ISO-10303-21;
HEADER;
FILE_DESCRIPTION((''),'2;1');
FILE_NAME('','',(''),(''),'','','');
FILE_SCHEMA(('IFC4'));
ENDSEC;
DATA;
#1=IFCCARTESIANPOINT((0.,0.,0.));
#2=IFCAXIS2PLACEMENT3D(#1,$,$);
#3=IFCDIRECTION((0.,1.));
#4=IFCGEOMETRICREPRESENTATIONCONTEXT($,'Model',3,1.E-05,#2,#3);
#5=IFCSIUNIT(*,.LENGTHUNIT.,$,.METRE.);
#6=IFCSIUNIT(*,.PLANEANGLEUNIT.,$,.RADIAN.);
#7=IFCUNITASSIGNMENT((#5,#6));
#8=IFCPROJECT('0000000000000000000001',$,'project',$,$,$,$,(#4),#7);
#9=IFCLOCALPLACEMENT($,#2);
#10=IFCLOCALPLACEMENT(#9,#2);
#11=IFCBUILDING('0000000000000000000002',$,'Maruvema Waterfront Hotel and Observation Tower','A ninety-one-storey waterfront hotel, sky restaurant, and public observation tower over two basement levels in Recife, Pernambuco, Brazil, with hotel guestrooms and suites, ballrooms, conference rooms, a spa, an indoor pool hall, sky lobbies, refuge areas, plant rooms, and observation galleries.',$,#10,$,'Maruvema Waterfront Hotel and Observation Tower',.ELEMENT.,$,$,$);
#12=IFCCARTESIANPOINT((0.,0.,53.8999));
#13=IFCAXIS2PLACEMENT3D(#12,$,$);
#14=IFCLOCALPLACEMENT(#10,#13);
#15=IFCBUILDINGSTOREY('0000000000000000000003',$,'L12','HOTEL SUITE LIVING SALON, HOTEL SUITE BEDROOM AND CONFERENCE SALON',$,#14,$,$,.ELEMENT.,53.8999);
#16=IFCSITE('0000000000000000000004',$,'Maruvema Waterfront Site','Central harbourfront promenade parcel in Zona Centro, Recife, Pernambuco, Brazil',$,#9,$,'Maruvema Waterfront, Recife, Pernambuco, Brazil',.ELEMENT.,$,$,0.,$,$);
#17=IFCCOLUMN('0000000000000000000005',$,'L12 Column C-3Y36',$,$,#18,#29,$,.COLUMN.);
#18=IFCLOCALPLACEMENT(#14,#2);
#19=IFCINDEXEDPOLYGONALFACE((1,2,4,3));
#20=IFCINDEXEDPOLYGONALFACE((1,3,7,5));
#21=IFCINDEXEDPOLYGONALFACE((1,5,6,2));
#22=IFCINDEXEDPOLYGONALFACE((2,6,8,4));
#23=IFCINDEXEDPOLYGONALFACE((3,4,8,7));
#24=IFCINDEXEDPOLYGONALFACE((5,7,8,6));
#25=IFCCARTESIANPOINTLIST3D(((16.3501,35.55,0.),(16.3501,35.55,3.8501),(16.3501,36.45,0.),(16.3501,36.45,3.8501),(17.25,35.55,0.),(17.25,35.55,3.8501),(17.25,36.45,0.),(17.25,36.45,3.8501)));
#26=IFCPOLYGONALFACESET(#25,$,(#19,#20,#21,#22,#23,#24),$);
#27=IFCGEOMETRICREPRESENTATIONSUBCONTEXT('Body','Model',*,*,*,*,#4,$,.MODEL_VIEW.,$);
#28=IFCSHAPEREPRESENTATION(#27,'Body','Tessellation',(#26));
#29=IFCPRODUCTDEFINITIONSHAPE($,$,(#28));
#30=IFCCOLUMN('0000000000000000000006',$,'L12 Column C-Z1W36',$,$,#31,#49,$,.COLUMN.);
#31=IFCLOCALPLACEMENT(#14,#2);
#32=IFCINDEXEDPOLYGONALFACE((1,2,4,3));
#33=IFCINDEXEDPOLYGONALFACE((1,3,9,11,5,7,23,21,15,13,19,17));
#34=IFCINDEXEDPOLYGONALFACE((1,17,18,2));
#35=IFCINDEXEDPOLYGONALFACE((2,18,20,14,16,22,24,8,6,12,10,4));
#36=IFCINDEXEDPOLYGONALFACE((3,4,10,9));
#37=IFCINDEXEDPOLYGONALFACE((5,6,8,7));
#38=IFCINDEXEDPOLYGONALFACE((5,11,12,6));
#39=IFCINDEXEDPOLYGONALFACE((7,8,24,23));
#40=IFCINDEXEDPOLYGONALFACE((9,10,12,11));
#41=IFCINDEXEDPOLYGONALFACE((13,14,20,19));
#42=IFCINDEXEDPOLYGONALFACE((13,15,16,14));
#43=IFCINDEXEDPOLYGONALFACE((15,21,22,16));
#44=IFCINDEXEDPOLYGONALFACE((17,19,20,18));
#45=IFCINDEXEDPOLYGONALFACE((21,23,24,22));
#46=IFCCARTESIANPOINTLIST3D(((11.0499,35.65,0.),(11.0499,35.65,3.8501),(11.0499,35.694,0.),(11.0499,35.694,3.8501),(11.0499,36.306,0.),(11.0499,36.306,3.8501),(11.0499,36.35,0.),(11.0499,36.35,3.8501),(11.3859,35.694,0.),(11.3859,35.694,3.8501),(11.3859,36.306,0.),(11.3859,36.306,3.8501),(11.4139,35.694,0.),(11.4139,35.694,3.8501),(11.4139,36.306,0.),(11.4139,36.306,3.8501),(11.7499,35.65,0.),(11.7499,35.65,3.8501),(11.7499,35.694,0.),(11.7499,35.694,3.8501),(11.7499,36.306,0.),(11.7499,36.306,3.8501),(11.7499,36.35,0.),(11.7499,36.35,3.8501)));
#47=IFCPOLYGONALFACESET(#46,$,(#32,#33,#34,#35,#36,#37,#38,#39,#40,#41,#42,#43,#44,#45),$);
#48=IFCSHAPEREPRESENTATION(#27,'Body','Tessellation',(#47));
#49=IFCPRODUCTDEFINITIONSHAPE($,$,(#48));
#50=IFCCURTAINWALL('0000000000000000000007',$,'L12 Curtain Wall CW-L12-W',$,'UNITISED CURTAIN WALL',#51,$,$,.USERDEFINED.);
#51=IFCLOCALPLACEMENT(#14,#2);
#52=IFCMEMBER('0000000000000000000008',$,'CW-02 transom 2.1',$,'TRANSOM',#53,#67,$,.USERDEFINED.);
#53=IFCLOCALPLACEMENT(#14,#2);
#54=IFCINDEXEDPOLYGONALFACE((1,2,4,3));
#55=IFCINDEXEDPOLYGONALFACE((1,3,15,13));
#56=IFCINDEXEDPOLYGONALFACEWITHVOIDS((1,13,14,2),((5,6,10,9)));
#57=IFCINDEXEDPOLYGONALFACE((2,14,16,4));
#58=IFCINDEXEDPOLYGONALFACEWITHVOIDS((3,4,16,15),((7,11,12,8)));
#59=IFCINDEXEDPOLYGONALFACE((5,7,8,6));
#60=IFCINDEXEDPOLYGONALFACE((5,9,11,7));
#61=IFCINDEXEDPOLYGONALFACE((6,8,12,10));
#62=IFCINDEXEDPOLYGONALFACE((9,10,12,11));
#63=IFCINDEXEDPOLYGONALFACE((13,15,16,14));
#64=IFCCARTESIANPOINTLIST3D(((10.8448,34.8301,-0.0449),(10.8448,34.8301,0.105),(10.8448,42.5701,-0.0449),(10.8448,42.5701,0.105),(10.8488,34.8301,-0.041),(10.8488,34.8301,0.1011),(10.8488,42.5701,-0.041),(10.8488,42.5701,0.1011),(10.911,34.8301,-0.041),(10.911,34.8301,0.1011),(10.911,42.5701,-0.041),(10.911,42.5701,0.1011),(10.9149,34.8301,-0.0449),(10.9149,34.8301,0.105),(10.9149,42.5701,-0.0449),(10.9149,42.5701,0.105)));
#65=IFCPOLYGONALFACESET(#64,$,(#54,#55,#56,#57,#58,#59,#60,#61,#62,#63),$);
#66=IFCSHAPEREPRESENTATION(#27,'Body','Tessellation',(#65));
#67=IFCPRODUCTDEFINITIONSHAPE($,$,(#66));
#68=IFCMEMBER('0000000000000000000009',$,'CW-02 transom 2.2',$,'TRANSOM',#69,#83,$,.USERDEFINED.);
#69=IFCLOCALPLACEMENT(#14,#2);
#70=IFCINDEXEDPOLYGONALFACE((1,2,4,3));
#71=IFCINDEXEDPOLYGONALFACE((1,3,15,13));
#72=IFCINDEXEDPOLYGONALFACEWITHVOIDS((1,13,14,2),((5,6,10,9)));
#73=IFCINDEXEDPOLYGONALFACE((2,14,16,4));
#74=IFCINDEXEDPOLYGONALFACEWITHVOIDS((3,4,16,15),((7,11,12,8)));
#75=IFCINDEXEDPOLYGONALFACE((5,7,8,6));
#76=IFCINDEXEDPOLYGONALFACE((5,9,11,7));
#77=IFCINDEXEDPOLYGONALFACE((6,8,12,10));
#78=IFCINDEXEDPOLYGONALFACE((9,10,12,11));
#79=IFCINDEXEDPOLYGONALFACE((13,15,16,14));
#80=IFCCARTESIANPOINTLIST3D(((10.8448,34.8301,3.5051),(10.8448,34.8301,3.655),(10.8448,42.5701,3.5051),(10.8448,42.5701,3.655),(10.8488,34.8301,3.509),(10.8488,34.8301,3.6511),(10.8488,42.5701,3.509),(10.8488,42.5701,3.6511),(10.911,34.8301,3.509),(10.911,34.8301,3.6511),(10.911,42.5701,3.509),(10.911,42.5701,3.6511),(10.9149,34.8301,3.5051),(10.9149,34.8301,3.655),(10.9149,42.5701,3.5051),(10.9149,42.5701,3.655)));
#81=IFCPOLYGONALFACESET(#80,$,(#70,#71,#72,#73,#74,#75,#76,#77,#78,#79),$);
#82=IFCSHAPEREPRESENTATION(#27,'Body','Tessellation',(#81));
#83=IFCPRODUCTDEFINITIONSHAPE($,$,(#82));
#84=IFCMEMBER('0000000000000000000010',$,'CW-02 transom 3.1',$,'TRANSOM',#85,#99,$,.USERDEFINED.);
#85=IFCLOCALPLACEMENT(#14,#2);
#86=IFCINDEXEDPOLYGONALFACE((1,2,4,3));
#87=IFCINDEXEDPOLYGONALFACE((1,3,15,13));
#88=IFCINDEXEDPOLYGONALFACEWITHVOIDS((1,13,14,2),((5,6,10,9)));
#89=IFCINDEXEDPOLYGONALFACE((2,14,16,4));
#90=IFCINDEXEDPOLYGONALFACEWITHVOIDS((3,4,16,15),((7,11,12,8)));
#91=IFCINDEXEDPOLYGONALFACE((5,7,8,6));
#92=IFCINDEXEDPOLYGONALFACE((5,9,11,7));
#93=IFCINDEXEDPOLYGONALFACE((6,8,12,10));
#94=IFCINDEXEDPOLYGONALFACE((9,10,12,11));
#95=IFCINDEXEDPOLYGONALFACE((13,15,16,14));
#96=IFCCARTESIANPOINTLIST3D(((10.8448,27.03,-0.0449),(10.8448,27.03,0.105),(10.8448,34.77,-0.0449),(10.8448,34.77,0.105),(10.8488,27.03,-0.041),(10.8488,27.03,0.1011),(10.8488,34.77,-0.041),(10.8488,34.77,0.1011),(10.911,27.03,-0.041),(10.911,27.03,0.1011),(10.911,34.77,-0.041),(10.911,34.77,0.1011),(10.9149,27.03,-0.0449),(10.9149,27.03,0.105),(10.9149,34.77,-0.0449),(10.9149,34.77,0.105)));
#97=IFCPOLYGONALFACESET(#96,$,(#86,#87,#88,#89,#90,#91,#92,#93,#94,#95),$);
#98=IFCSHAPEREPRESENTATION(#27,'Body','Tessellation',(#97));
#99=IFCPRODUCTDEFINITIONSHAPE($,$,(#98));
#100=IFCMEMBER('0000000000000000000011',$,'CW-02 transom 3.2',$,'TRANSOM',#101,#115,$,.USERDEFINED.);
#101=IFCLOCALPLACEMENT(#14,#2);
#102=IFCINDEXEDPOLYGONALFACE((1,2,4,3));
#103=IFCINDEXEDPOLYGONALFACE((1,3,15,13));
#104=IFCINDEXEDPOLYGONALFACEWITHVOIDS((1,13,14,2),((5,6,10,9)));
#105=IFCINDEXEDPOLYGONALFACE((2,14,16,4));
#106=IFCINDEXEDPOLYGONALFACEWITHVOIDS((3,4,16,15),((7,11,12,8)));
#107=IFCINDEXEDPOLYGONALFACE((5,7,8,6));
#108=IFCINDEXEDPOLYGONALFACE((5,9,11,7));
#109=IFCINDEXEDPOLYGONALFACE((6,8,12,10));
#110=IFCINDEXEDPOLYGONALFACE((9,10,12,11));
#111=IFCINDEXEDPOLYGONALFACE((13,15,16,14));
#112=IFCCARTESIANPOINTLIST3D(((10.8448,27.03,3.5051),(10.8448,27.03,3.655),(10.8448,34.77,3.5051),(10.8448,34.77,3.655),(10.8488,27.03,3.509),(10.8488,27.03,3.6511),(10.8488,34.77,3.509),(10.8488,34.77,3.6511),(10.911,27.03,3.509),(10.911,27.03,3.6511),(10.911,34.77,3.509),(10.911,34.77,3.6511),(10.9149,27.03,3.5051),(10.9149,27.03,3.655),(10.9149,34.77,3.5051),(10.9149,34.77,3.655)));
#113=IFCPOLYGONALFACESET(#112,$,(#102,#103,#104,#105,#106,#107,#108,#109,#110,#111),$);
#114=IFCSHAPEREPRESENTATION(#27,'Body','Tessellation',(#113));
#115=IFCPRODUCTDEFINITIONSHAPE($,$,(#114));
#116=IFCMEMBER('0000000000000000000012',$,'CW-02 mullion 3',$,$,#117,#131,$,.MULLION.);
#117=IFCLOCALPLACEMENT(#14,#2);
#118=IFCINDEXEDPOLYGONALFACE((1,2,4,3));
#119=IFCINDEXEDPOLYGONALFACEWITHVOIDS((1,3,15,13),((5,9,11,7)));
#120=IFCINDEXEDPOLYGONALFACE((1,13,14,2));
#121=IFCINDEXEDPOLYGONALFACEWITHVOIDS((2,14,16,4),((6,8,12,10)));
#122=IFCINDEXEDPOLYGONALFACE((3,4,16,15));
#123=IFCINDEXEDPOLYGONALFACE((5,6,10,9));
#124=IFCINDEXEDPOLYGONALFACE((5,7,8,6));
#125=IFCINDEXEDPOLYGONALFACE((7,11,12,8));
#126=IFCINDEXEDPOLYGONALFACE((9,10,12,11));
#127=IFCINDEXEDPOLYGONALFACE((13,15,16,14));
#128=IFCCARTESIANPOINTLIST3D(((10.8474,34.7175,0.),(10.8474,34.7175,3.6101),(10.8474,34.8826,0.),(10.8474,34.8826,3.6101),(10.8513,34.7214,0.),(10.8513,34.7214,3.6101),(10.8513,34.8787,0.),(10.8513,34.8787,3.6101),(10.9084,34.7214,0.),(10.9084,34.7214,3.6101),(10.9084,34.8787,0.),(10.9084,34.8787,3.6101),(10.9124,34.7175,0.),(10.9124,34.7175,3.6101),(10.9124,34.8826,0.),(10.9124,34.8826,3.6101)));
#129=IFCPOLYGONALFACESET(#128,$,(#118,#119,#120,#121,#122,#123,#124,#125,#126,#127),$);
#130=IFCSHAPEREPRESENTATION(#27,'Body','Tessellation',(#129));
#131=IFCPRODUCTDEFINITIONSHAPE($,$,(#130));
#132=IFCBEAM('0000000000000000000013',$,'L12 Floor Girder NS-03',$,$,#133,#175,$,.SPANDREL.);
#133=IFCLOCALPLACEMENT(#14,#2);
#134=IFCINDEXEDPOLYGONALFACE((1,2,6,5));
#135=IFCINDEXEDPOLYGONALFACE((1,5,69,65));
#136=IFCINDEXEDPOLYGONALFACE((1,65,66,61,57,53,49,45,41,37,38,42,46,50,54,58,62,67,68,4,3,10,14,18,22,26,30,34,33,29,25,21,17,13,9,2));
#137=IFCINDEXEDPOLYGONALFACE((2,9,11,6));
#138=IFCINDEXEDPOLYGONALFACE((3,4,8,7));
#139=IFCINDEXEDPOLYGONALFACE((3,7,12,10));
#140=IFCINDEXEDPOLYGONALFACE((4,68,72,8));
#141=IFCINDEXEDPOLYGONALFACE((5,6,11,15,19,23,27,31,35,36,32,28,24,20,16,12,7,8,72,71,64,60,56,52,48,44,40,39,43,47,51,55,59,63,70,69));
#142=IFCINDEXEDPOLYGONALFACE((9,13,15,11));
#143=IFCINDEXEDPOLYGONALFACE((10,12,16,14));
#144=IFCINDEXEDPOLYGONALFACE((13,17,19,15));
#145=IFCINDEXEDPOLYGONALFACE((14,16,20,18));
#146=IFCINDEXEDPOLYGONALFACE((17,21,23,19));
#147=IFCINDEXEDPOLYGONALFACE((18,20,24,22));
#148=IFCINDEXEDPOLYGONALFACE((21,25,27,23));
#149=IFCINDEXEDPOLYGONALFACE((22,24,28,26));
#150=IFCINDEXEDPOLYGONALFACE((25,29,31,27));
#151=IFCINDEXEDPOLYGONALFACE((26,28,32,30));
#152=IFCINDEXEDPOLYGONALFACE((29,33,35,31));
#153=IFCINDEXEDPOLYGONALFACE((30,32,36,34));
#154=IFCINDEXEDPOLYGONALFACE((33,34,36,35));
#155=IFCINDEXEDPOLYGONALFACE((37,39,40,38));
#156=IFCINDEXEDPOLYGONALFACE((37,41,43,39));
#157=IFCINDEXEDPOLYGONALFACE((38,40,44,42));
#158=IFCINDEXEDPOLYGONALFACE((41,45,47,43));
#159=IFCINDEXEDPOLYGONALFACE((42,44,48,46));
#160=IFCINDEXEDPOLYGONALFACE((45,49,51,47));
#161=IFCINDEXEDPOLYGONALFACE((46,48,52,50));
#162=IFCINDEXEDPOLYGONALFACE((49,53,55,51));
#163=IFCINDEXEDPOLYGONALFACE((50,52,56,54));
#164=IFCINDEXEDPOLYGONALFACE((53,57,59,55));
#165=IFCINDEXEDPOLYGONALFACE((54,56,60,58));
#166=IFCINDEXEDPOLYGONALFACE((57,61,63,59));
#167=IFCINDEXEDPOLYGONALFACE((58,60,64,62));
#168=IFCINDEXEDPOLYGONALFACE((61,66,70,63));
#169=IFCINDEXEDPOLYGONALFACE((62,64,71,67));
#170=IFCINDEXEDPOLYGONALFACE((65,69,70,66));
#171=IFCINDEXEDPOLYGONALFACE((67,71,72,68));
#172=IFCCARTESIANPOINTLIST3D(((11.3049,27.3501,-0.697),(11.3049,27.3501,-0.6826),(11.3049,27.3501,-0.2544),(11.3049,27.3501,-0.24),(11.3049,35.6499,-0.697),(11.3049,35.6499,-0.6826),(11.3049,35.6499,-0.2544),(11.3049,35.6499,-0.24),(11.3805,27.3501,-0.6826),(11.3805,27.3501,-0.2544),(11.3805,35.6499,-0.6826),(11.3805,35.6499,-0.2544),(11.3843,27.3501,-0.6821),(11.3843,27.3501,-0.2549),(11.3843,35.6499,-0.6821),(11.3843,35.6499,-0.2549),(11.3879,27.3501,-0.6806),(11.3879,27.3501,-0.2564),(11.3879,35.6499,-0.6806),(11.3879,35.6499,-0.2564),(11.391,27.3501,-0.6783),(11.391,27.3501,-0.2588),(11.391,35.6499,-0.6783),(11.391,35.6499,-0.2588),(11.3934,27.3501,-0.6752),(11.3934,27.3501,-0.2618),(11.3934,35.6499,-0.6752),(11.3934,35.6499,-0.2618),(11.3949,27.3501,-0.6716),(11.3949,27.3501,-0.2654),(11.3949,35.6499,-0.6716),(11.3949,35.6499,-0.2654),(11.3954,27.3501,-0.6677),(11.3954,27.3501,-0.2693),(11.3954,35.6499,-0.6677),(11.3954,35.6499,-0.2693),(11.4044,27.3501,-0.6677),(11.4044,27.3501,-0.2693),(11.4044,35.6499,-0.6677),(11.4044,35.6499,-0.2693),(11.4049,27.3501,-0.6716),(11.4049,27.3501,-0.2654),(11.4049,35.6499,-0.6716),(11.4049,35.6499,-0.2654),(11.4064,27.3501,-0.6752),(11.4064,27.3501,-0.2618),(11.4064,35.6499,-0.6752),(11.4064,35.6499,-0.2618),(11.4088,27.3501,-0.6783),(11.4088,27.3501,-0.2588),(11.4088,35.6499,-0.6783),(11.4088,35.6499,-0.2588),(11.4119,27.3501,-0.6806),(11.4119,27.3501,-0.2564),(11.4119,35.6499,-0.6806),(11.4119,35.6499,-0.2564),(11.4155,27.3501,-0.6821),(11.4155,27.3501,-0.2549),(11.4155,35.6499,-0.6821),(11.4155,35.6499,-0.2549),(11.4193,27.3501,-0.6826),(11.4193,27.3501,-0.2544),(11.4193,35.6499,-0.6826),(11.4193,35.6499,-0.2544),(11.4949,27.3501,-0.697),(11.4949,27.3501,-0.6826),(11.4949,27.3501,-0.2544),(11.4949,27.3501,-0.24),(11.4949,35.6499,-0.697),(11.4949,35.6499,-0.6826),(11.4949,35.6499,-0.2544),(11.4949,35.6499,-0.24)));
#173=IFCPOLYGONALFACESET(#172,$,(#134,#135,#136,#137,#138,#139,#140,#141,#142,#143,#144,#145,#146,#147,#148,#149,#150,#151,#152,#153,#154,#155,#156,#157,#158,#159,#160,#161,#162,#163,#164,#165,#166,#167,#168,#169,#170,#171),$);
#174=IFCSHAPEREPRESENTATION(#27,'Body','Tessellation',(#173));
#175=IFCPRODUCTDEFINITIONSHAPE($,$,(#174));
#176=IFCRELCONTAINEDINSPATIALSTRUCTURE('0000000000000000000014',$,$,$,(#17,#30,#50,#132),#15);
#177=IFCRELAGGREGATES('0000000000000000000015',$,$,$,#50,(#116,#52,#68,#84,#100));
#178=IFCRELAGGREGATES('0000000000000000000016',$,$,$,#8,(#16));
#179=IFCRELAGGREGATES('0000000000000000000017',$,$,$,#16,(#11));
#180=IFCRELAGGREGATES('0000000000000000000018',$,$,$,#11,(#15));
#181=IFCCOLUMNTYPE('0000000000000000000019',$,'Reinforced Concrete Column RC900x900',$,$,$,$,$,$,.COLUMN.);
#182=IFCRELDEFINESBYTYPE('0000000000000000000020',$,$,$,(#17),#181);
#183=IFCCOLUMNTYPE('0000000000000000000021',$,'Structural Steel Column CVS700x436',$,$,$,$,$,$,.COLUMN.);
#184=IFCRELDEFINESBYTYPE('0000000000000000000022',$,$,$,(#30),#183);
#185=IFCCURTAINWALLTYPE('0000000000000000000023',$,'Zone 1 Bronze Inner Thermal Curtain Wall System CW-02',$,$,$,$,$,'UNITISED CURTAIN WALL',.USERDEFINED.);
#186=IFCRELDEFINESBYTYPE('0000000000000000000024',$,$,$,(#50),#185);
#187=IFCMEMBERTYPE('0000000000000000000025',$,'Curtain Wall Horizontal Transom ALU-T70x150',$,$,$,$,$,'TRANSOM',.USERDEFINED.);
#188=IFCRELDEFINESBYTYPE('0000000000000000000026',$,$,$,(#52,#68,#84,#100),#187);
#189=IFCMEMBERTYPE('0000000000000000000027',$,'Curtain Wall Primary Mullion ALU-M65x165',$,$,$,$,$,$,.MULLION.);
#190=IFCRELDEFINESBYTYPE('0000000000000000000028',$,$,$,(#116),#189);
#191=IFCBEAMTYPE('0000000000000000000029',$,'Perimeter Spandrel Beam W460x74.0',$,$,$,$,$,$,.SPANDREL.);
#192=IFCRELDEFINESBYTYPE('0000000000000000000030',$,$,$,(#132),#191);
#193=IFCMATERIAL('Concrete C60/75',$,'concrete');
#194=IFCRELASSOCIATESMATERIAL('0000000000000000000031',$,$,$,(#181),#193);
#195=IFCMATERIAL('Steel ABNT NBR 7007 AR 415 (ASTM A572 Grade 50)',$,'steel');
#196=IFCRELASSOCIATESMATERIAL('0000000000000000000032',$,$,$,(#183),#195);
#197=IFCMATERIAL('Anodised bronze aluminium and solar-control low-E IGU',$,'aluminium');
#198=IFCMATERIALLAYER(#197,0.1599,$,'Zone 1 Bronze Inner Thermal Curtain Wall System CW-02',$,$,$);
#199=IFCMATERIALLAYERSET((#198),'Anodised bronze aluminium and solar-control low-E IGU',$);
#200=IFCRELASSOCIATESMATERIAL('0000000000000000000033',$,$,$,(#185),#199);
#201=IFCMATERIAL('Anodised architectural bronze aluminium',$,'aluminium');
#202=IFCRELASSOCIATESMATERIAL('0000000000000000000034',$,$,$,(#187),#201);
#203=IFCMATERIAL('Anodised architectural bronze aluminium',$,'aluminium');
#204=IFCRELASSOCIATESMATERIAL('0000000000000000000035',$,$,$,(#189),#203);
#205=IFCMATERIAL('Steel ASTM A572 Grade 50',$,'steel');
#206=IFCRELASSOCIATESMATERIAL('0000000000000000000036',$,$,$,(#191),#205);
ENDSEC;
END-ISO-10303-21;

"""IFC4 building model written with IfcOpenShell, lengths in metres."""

from ifc_helpers import new_model, si_unit, direction, frame, origin, origin_2d, place, context, subcontext, project, spatial, rectangle, hollow_rectangle, i_section, extrude, material, layer, layer_set, material_profile, profile_set, type_object, element, aggregate, save


model = new_model("IFC4")

# Units and contexts
model_context = context("Model", 3, precision=1e-05, world=origin(), true_north=direction((0.0, 1.0)))
body_context = subcontext(model_context, "Body", "Model", "MODEL_VIEW")
ifc_project = project(units=[si_unit("LENGTHUNIT", "METRE"), si_unit("PLANEANGLEUNIT", "RADIAN")], contexts=[model_context])

# Site, building, storey
site_placement = place(None, origin())
site = spatial("IfcSite", under=ifc_project, at=site_placement, Name="Maruvema Waterfront Site", Description="Central harbourfront promenade parcel in Zona Centro, Recife, Pernambuco, Brazil", LongName="Maruvema Waterfront, Recife, Pernambuco, Brazil", CompositionType="ELEMENT", RefElevation=0.0)
building_placement = place(site_placement, origin())
building = spatial("IfcBuilding", under=site, at=building_placement, Name="Maruvema Waterfront Hotel and Observation Tower", Description="A ninety-one-storey waterfront hotel, sky restaurant, and public observation tower over two basement levels in Recife, Pernambuco, Brazil, with hotel guestrooms and suites, ballrooms, conference rooms, a spa, an indoor pool hall, sky lobbies, refuge areas, plant rooms, and observation galleries.", LongName="Maruvema Waterfront Hotel and Observation Tower", CompositionType="ELEMENT")
storey_placement = place(building_placement, frame((0.0, 0.0, 53.8999)))
storey = spatial("IfcBuildingStorey", under=building, at=storey_placement, Name="L12", Description="HOTEL SUITE LIVING SALON, HOTEL SUITE BEDROOM AND CONFERENCE SALON", CompositionType="ELEMENT", Elevation=53.8999)

# Columns
ifc_material_1 = material(Name="Concrete C60/75", Category="concrete")
ifc_material_profile_1 = material_profile(ifc_material_1, rectangle(XDim=0.8999, YDim=0.8999, at=origin_2d()), Name="RC900x900")
ifc_profile_set_1 = profile_set([ifc_material_profile_1], Name="Concrete C60/75")
column_type_1 = type_object("IfcColumnType", Name="Reinforced Concrete Column RC900x900", PredefinedType="COLUMN", material=ifc_profile_set_1)
column_1_placement = place(storey_placement, frame((16.8, 36.0, 0.0), z_axis=(0.0, 0.0, 1.0), x_axis=(1.0, 0.0, 0.0)))
element("IfcColumn", 1, at=column_1_placement, inside=storey, type_object=column_type_1, Name="L12 Column C-3Y36", PredefinedType="COLUMN", context=body_context, shape_type="SweptSolid", body=[
    extrude(rectangle(XDim=0.8999, YDim=0.8999, at=origin_2d()), origin(), (0.0, 0.0, 1.0), 3.8501),
])
ifc_material_2 = material(Name="Steel ABNT NBR 7007 AR 415 (ASTM A572 Grade 50)", Category="steel")
ifc_material_profile_2 = material_profile(ifc_material_2, i_section(OverallWidth=0.7, OverallDepth=0.7, WebThickness=0.0281, FlangeThickness=0.0439, at=origin_2d()), Name="CVS700x436")
ifc_profile_set_2 = profile_set([ifc_material_profile_2], Name="Steel ABNT NBR 7007 AR 415 (ASTM A572 Grade 50)")
column_type_2 = type_object("IfcColumnType", Name="Structural Steel Column CVS700x436", PredefinedType="COLUMN", material=ifc_profile_set_2)
column_2_placement = place(storey_placement, frame((11.3999, 36.0, 0.0), z_axis=(0.0, 0.0, 1.0), x_axis=(1.0, 0.0, 0.0)))
element("IfcColumn", 2, at=column_2_placement, inside=storey, type_object=column_type_2, Name="L12 Column C-Z1W36", PredefinedType="COLUMN", context=body_context, shape_type="SweptSolid", body=[
    extrude(i_section(OverallWidth=0.7, OverallDepth=0.7, WebThickness=0.0281, FlangeThickness=0.0439, at=origin_2d()), origin(), (0.0, 0.0, 1.0), 3.8501),
])

# Curtain wall, members
ifc_material_3 = material(Name="Anodised bronze aluminium and solar-control low-E IGU", Category="aluminium")
ifc_layer_1 = layer(ifc_material_3, 0.1599, Name="Zone 1 Bronze Inner Thermal Curtain Wall System CW-02")
ifc_layer_set_1 = layer_set([ifc_layer_1], Name="Anodised bronze aluminium and solar-control low-E IGU")
curtain_wall_type = type_object("IfcCurtainWallType", Name="Zone 1 Bronze Inner Thermal Curtain Wall System CW-02", ElementType="UNITISED CURTAIN WALL", PredefinedType="USERDEFINED", material=ifc_layer_set_1)
curtain_wall_placement = place(storey_placement, origin())
curtain_wall = element("IfcCurtainWall", 3, at=curtain_wall_placement, inside=storey, type_object=curtain_wall_type, Name="L12 Curtain Wall CW-L12-W", ObjectType="UNITISED CURTAIN WALL", PredefinedType="USERDEFINED")
ifc_material_4 = material(Name="Anodised architectural bronze aluminium", Category="aluminium")
ifc_material_profile_3 = material_profile(ifc_material_4, hollow_rectangle(XDim=0.0701, YDim=0.1499, WallThickness=0.0039, at=origin_2d()), Name="ALU-T70x150")
ifc_profile_set_3 = profile_set([ifc_material_profile_3], Name="Anodised architectural bronze aluminium")
member_type_1 = type_object("IfcMemberType", Name="Curtain Wall Horizontal Transom ALU-T70x150", ElementType="TRANSOM", PredefinedType="USERDEFINED", material=ifc_profile_set_3)
member_1_placement = place(storey_placement, frame((10.8799, 42.5701, 0.03), z_axis=(0.0, -1.0, 0.0), x_axis=(1.0, 0.0, 0.0)))
member_1 = element("IfcMember", 4, at=member_1_placement, type_object=member_type_1, Name="CW-02 transom 2.1", ObjectType="TRANSOM", PredefinedType="USERDEFINED", context=body_context, shape_type="SweptSolid", body=[
    extrude(hollow_rectangle(XDim=0.0701, YDim=0.1499, WallThickness=0.0039, at=origin_2d()), origin(), (0.0, 0.0, 1.0), 7.74),
])
member_2_placement = place(storey_placement, frame((10.8799, 42.5701, 3.5801), z_axis=(0.0, -1.0, 0.0), x_axis=(1.0, 0.0, 0.0)))
member_2 = element("IfcMember", 5, at=member_2_placement, type_object=member_type_1, Name="CW-02 transom 2.2", ObjectType="TRANSOM", PredefinedType="USERDEFINED", context=body_context, shape_type="SweptSolid", body=[
    extrude(hollow_rectangle(XDim=0.0701, YDim=0.1499, WallThickness=0.0039, at=origin_2d()), origin(), (0.0, 0.0, 1.0), 7.74),
])
member_3_placement = place(storey_placement, frame((10.8799, 34.77, 0.03), z_axis=(0.0, -1.0, 0.0), x_axis=(1.0, 0.0, 0.0)))
member_3 = element("IfcMember", 6, at=member_3_placement, type_object=member_type_1, Name="CW-02 transom 3.1", ObjectType="TRANSOM", PredefinedType="USERDEFINED", context=body_context, shape_type="SweptSolid", body=[
    extrude(hollow_rectangle(XDim=0.0701, YDim=0.1499, WallThickness=0.0039, at=origin_2d()), origin(), (0.0, 0.0, 1.0), 7.74),
])
member_4_placement = place(storey_placement, frame((10.8799, 34.77, 3.5801), z_axis=(0.0, -1.0, 0.0), x_axis=(1.0, 0.0, 0.0)))
member_4 = element("IfcMember", 7, at=member_4_placement, type_object=member_type_1, Name="CW-02 transom 3.2", ObjectType="TRANSOM", PredefinedType="USERDEFINED", context=body_context, shape_type="SweptSolid", body=[
    extrude(hollow_rectangle(XDim=0.0701, YDim=0.1499, WallThickness=0.0039, at=origin_2d()), origin(), (0.0, 0.0, 1.0), 7.74),
])
ifc_material_5 = material(Name="Anodised architectural bronze aluminium", Category="aluminium")
ifc_material_profile_4 = material_profile(ifc_material_5, hollow_rectangle(XDim=0.0649, YDim=0.165, WallThickness=0.0039, at=origin_2d()), Name="ALU-M65x165")
ifc_profile_set_4 = profile_set([ifc_material_profile_4], Name="Anodised architectural bronze aluminium")
member_type_2 = type_object("IfcMemberType", Name="Curtain Wall Primary Mullion ALU-M65x165", PredefinedType="MULLION", material=ifc_profile_set_4)
member_5_placement = place(storey_placement, frame((10.8799, 34.8, 0.0), z_axis=(0.0, 0.0, 1.0), x_axis=(1.0, 0.0, 0.0)))
member_5 = element("IfcMember", 8, at=member_5_placement, type_object=member_type_2, Name="CW-02 mullion 3", PredefinedType="MULLION", context=body_context, shape_type="SweptSolid", body=[
    extrude(hollow_rectangle(XDim=0.0649, YDim=0.165, WallThickness=0.0039, at=origin_2d()), origin(), (0.0, 0.0, 1.0), 3.6101),
])

# Beam
ifc_material_6 = material(Name="Steel ASTM A572 Grade 50", Category="steel")
ifc_material_profile_5 = material_profile(ifc_material_6, i_section(OverallWidth=0.1899, OverallDepth=0.457, WebThickness=0.009, FlangeThickness=0.0144, FilletRadius=0.0149, at=origin_2d()), Name="W460x74.0")
ifc_profile_set_5 = profile_set([ifc_material_profile_5], Name="Steel ASTM A572 Grade 50")
beam_type_1 = type_object("IfcBeamType", Name="Perimeter Spandrel Beam W460x74.0", PredefinedType="SPANDREL", material=ifc_profile_set_5)
for number, where, z_axis, x_axis, name in (
    (9, (11.3999, 27.3501, -0.4685), (0.0, 1.0, 0.0), (-1.0, 0.0, 0.0), "L12 Floor Girder NS-03"),
):
    element("IfcBeam", number, at=place(storey_placement, frame(where, z_axis=z_axis, x_axis=x_axis)), inside=storey, type_object=beam_type_1, Name=name, PredefinedType="SPANDREL", context=body_context, shape_type="SweptSolid", body=[
        extrude(i_section(OverallWidth=0.1899, OverallDepth=0.457, WebThickness=0.009, FlangeThickness=0.0144, FilletRadius=0.0149, at=origin_2d()), origin(), (0.0, 0.0, 1.0), 8.2998),
    ])

aggregate(curtain_wall, [member_5, member_1, member_2, member_3, member_4])

save(model, "model.ifc")
